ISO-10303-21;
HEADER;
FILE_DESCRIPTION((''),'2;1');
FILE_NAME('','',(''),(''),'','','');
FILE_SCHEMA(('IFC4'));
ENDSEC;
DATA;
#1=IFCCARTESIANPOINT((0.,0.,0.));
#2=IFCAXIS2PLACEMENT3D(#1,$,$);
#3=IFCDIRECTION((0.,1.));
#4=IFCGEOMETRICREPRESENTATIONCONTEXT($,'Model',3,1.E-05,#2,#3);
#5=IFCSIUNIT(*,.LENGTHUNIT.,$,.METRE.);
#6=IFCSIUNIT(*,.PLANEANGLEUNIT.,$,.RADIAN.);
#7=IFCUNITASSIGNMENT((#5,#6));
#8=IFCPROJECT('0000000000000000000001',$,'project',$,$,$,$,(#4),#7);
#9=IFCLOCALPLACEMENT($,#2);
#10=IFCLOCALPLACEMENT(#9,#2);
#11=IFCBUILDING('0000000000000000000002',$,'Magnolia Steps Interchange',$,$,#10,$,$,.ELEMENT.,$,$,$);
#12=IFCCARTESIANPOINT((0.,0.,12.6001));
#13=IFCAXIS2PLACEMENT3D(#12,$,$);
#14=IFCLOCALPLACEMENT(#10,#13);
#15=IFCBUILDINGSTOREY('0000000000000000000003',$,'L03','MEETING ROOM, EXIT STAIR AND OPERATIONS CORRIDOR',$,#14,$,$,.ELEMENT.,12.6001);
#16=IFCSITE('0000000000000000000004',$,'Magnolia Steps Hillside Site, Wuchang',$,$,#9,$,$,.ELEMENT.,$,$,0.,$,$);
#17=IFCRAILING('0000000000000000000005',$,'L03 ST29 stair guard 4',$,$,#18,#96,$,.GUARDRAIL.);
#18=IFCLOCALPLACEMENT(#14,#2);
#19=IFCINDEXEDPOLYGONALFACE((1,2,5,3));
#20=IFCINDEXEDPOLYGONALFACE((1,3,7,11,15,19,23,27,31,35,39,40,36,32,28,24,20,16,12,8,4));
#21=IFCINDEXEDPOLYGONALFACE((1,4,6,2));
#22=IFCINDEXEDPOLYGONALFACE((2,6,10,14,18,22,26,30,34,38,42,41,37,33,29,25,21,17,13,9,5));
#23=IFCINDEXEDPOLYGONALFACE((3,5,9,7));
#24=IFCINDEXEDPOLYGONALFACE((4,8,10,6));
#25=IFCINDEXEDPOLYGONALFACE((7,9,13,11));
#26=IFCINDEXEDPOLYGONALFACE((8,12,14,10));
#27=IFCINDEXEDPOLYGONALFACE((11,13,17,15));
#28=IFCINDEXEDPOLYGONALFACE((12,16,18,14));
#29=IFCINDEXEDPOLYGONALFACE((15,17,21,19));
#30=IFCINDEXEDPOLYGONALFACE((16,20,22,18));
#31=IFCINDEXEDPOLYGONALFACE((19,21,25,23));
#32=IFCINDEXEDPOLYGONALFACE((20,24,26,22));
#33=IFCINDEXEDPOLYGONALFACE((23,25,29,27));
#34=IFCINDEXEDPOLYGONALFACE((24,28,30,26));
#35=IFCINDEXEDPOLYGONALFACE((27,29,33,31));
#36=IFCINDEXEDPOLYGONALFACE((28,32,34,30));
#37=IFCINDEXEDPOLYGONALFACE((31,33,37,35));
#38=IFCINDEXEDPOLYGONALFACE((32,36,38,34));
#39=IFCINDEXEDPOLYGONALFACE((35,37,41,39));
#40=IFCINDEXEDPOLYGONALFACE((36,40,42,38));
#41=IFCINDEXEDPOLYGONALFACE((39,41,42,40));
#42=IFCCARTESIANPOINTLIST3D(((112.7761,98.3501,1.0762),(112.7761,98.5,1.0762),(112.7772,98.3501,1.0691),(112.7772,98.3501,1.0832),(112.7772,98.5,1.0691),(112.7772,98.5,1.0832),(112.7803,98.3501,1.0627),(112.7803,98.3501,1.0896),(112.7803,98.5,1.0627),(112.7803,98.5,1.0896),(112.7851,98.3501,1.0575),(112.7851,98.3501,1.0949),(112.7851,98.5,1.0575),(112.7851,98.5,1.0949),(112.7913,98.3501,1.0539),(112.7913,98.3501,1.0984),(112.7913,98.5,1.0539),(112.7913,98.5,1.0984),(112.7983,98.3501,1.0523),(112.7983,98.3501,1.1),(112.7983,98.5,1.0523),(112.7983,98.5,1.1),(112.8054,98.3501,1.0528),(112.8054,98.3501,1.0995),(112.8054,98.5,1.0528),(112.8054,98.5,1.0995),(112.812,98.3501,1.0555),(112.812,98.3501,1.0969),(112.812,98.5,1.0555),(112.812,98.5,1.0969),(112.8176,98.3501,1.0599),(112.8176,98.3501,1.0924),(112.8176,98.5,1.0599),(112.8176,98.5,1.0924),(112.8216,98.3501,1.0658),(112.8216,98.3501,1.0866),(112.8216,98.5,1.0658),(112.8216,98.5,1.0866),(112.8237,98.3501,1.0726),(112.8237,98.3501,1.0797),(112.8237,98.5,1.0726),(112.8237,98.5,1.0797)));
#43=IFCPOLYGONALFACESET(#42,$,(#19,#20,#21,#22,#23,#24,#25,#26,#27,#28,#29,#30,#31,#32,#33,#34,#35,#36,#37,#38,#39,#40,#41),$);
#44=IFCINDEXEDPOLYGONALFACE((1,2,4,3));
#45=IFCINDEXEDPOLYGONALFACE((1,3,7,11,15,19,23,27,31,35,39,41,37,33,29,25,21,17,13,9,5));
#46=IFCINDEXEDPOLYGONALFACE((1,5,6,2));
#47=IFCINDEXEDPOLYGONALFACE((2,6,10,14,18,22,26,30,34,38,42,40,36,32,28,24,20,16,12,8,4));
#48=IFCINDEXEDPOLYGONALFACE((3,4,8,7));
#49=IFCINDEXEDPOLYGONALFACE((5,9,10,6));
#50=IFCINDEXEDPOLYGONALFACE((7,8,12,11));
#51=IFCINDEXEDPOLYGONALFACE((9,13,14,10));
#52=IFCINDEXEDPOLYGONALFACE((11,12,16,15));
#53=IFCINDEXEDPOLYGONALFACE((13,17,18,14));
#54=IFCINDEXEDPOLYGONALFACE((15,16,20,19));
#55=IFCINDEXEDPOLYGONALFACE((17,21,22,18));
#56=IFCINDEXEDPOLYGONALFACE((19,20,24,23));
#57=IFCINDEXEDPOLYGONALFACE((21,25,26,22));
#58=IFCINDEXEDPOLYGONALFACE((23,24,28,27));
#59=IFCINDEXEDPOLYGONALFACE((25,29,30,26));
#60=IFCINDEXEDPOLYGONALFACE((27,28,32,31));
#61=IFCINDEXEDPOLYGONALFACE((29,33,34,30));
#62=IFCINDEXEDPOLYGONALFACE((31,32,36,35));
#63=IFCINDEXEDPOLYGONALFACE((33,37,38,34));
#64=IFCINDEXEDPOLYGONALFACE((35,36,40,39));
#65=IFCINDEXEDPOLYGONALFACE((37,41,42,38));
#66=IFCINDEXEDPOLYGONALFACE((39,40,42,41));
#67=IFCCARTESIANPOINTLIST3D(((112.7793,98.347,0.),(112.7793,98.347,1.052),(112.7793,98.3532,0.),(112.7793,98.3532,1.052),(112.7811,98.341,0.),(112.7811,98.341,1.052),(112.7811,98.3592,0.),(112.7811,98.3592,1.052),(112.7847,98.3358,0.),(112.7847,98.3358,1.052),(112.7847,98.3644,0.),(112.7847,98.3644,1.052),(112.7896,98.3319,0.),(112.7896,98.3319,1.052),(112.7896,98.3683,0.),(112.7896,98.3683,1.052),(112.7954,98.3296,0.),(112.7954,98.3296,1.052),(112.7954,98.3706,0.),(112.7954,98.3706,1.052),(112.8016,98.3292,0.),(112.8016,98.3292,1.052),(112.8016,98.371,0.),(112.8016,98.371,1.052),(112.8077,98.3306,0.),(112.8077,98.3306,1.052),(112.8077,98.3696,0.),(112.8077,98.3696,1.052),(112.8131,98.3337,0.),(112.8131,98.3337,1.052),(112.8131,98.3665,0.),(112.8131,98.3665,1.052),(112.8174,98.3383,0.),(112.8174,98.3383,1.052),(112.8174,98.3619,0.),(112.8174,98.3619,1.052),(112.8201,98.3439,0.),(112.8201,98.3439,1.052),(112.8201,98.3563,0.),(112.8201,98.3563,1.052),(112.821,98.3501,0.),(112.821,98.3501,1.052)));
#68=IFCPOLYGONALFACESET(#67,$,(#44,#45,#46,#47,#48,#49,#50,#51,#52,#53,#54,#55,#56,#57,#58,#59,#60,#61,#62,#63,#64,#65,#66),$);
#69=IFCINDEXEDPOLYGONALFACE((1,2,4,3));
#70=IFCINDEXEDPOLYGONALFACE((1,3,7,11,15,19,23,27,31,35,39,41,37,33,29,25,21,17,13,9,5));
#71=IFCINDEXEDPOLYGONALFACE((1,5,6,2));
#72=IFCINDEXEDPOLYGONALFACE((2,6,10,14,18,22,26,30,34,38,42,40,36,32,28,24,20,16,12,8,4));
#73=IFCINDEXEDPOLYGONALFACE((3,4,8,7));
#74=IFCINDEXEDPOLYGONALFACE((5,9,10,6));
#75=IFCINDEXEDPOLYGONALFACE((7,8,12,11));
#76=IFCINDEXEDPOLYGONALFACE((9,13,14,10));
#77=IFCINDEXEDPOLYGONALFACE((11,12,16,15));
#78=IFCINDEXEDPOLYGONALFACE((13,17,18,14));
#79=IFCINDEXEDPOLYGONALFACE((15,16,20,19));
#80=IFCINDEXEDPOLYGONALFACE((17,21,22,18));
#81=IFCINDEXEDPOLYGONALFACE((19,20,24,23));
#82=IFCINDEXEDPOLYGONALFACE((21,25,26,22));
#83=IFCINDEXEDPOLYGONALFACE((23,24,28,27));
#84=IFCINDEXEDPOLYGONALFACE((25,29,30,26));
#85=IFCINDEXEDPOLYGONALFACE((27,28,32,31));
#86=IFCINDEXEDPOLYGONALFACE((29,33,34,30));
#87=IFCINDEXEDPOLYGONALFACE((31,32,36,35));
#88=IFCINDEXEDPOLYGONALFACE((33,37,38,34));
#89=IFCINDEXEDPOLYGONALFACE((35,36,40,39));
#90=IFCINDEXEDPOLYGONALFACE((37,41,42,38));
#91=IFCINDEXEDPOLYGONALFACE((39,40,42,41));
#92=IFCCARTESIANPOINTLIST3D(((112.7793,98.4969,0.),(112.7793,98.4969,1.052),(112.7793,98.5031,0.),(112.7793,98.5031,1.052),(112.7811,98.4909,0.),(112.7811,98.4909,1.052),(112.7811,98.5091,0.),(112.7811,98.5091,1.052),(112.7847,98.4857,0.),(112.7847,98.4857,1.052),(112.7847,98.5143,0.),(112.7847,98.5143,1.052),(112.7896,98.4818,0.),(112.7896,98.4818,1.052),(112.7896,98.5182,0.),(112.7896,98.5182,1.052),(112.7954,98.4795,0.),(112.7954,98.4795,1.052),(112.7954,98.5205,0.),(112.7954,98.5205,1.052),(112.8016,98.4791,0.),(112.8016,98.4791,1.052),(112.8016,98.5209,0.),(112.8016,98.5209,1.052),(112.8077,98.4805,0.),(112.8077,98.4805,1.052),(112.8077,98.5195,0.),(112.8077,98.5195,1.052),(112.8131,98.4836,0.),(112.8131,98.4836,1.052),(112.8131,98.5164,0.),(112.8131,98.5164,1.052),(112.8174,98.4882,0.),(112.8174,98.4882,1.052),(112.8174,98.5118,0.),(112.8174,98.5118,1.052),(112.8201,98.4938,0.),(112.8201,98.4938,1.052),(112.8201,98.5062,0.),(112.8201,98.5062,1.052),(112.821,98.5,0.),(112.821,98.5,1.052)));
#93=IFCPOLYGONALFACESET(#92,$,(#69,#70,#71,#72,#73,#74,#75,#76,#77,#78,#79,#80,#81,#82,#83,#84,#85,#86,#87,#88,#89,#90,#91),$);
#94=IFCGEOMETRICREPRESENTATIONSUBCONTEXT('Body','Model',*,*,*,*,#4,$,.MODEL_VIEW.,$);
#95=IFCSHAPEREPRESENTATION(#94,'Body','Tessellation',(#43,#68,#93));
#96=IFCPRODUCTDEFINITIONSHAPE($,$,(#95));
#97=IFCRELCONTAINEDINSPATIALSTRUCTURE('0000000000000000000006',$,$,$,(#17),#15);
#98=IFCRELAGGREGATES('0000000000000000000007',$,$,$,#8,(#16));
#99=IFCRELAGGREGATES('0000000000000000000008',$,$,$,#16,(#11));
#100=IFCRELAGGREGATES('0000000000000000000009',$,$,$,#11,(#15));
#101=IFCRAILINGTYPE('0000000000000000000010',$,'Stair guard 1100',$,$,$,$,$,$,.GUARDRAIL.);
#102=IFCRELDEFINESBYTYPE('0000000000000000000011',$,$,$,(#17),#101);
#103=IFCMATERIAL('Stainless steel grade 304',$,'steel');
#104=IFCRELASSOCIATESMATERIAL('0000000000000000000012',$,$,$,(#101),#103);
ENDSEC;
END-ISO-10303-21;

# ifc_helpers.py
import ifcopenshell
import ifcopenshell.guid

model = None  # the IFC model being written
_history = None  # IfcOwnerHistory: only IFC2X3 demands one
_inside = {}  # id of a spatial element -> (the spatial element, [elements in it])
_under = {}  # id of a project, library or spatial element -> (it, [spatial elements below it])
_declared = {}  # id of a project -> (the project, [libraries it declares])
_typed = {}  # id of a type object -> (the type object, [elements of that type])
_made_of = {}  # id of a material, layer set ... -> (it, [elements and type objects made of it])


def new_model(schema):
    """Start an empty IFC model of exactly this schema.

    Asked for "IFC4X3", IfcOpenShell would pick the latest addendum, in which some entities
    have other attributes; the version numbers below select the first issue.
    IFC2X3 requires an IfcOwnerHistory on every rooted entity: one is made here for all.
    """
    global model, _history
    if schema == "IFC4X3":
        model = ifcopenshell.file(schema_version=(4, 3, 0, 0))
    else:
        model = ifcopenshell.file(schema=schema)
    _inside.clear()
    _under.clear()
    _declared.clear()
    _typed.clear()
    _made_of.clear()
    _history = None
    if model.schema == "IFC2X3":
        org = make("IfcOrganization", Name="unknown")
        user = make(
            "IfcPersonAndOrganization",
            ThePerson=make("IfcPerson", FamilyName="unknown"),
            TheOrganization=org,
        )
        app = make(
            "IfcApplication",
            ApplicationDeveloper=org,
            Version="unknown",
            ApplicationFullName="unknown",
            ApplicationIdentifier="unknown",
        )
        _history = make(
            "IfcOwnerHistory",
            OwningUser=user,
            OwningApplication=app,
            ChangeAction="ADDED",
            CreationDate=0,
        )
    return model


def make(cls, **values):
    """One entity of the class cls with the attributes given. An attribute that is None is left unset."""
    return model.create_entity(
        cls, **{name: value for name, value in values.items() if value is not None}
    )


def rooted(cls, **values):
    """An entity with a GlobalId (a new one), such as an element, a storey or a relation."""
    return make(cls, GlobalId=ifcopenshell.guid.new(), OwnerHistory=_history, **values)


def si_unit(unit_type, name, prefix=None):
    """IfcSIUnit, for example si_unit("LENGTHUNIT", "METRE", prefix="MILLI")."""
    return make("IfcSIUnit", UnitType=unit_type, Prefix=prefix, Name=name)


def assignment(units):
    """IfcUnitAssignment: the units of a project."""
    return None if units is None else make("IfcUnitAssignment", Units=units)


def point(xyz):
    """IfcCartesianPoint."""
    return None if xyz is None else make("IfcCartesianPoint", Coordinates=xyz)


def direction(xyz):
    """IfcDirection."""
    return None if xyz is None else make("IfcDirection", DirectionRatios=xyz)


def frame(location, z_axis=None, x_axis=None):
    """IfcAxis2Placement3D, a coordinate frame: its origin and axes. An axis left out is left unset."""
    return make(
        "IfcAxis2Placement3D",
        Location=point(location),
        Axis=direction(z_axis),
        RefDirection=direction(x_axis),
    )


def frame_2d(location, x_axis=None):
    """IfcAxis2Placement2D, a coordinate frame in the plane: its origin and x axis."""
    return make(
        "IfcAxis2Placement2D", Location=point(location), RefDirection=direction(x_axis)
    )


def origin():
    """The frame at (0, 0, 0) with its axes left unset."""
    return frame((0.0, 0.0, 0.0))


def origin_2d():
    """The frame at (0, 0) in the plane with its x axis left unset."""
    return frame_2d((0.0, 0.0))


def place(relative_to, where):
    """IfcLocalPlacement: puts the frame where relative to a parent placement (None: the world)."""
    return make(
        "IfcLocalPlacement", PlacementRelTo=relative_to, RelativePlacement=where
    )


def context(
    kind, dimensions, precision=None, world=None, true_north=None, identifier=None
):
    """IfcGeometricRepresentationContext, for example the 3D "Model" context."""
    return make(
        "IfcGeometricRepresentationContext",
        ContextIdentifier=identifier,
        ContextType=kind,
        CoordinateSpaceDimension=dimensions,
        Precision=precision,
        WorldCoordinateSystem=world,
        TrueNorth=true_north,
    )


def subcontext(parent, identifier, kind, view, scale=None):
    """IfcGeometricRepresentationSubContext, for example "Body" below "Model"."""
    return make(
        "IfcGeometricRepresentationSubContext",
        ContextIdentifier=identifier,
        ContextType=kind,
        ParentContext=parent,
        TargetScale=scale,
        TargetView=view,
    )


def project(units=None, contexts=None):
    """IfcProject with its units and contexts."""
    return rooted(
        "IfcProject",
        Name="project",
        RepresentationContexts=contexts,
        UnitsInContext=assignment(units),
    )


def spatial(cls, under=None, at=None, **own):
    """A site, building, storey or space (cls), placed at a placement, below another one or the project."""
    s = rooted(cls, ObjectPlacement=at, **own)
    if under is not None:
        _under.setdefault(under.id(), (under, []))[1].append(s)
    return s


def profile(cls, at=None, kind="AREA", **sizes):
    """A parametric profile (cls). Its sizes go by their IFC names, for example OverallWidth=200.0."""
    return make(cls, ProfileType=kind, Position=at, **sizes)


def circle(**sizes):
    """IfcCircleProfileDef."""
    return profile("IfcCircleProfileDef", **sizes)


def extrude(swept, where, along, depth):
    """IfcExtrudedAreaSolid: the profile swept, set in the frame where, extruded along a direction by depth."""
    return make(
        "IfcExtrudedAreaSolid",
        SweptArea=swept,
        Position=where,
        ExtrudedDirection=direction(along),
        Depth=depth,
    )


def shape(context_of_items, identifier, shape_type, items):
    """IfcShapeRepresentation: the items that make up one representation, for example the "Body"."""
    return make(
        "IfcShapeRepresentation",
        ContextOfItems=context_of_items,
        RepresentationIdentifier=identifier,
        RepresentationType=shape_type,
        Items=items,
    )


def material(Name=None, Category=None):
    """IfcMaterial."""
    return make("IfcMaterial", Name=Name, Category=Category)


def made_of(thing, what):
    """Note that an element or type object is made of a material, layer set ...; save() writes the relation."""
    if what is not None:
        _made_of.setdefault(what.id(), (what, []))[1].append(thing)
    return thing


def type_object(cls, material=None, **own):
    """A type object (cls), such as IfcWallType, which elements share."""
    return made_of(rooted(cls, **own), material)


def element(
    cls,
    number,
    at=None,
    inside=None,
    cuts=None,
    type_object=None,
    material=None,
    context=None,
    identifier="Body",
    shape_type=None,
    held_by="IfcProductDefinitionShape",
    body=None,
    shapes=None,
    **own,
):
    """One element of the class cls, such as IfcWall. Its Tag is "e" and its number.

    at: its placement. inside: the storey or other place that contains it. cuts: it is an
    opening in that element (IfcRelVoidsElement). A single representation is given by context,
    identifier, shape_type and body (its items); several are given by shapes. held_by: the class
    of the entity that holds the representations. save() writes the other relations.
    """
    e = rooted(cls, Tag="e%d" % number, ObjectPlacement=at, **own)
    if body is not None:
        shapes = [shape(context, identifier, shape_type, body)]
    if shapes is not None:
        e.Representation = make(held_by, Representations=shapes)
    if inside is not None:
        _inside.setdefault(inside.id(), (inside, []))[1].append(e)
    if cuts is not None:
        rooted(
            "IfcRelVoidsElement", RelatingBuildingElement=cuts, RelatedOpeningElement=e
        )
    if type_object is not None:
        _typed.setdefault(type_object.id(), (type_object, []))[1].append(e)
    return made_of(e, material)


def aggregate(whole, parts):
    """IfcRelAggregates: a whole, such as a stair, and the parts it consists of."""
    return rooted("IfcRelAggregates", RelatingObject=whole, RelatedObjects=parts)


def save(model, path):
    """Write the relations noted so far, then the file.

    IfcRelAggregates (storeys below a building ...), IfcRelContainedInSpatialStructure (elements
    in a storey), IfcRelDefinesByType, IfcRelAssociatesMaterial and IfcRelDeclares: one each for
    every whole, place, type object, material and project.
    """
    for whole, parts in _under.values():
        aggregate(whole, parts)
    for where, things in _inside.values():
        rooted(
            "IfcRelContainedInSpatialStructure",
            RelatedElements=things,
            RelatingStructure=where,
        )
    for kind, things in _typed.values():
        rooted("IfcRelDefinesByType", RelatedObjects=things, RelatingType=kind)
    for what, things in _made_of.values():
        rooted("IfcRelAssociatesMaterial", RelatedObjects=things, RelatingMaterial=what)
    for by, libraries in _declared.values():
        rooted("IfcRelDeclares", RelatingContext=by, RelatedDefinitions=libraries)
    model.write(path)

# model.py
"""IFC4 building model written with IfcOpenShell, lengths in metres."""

from ifc_helpers import new_model, si_unit, direction, frame, origin, origin_2d, place, context, subcontext, project, spatial, circle, extrude, material, type_object, element, save


model = new_model("IFC4")

# Units and contexts
model_context = context("Model", 3, precision=1e-05, world=origin(), true_north=direction((0.0, 1.0)))
body_context = subcontext(model_context, "Body", "Model", "MODEL_VIEW")
ifc_project = project(units=[si_unit("LENGTHUNIT", "METRE"), si_unit("PLANEANGLEUNIT", "RADIAN")], contexts=[model_context])

# Site, building, storey
site_placement = place(None, origin())
site = spatial("IfcSite", under=ifc_project, at=site_placement, Name="Magnolia Steps Hillside Site, Wuchang", CompositionType="ELEMENT", RefElevation=0.0)
building_placement = place(site_placement, origin())
building = spatial("IfcBuilding", under=site, at=building_placement, Name="Magnolia Steps Interchange", CompositionType="ELEMENT")
storey_placement = place(building_placement, frame((0.0, 0.0, 12.6001)))
storey = spatial("IfcBuildingStorey", under=building, at=storey_placement, Name="L03", Description="MEETING ROOM, EXIT STAIR AND OPERATIONS CORRIDOR", CompositionType="ELEMENT", Elevation=12.6001)

# Railing
ifc_material_1 = material(Name="Stainless steel grade 304", Category="steel")
railing_type_1 = type_object("IfcRailingType", Name="Stair guard 1100", PredefinedType="GUARDRAIL", material=ifc_material_1)
railing_1_placement = place(storey_placement, frame((112.8, 98.3501, 0.0)))
element("IfcRailing", 1, at=railing_1_placement, inside=storey, type_object=railing_type_1, Name="L03 ST29 stair guard 4", PredefinedType="GUARDRAIL", context=body_context, shape_type="SweptSolid", body=[
    extrude(circle(Radius=0.0239, at=origin_2d()), frame((0.0, 0.0, 1.0762), z_axis=(0.0, 1.0, 0.0), x_axis=(-1.0, 0.0, 0.0)), (0.0, 0.0, 1.0), 0.1499),
    extrude(circle(Radius=0.021, at=origin_2d()), origin(), (0.0, 0.0, 1.0), 1.052),
    extrude(circle(Radius=0.021, at=origin_2d()), frame((0.0, 0.1499, 0.0)), (0.0, 0.0, 1.0), 1.052),
])

save(model, "model.ifc")
